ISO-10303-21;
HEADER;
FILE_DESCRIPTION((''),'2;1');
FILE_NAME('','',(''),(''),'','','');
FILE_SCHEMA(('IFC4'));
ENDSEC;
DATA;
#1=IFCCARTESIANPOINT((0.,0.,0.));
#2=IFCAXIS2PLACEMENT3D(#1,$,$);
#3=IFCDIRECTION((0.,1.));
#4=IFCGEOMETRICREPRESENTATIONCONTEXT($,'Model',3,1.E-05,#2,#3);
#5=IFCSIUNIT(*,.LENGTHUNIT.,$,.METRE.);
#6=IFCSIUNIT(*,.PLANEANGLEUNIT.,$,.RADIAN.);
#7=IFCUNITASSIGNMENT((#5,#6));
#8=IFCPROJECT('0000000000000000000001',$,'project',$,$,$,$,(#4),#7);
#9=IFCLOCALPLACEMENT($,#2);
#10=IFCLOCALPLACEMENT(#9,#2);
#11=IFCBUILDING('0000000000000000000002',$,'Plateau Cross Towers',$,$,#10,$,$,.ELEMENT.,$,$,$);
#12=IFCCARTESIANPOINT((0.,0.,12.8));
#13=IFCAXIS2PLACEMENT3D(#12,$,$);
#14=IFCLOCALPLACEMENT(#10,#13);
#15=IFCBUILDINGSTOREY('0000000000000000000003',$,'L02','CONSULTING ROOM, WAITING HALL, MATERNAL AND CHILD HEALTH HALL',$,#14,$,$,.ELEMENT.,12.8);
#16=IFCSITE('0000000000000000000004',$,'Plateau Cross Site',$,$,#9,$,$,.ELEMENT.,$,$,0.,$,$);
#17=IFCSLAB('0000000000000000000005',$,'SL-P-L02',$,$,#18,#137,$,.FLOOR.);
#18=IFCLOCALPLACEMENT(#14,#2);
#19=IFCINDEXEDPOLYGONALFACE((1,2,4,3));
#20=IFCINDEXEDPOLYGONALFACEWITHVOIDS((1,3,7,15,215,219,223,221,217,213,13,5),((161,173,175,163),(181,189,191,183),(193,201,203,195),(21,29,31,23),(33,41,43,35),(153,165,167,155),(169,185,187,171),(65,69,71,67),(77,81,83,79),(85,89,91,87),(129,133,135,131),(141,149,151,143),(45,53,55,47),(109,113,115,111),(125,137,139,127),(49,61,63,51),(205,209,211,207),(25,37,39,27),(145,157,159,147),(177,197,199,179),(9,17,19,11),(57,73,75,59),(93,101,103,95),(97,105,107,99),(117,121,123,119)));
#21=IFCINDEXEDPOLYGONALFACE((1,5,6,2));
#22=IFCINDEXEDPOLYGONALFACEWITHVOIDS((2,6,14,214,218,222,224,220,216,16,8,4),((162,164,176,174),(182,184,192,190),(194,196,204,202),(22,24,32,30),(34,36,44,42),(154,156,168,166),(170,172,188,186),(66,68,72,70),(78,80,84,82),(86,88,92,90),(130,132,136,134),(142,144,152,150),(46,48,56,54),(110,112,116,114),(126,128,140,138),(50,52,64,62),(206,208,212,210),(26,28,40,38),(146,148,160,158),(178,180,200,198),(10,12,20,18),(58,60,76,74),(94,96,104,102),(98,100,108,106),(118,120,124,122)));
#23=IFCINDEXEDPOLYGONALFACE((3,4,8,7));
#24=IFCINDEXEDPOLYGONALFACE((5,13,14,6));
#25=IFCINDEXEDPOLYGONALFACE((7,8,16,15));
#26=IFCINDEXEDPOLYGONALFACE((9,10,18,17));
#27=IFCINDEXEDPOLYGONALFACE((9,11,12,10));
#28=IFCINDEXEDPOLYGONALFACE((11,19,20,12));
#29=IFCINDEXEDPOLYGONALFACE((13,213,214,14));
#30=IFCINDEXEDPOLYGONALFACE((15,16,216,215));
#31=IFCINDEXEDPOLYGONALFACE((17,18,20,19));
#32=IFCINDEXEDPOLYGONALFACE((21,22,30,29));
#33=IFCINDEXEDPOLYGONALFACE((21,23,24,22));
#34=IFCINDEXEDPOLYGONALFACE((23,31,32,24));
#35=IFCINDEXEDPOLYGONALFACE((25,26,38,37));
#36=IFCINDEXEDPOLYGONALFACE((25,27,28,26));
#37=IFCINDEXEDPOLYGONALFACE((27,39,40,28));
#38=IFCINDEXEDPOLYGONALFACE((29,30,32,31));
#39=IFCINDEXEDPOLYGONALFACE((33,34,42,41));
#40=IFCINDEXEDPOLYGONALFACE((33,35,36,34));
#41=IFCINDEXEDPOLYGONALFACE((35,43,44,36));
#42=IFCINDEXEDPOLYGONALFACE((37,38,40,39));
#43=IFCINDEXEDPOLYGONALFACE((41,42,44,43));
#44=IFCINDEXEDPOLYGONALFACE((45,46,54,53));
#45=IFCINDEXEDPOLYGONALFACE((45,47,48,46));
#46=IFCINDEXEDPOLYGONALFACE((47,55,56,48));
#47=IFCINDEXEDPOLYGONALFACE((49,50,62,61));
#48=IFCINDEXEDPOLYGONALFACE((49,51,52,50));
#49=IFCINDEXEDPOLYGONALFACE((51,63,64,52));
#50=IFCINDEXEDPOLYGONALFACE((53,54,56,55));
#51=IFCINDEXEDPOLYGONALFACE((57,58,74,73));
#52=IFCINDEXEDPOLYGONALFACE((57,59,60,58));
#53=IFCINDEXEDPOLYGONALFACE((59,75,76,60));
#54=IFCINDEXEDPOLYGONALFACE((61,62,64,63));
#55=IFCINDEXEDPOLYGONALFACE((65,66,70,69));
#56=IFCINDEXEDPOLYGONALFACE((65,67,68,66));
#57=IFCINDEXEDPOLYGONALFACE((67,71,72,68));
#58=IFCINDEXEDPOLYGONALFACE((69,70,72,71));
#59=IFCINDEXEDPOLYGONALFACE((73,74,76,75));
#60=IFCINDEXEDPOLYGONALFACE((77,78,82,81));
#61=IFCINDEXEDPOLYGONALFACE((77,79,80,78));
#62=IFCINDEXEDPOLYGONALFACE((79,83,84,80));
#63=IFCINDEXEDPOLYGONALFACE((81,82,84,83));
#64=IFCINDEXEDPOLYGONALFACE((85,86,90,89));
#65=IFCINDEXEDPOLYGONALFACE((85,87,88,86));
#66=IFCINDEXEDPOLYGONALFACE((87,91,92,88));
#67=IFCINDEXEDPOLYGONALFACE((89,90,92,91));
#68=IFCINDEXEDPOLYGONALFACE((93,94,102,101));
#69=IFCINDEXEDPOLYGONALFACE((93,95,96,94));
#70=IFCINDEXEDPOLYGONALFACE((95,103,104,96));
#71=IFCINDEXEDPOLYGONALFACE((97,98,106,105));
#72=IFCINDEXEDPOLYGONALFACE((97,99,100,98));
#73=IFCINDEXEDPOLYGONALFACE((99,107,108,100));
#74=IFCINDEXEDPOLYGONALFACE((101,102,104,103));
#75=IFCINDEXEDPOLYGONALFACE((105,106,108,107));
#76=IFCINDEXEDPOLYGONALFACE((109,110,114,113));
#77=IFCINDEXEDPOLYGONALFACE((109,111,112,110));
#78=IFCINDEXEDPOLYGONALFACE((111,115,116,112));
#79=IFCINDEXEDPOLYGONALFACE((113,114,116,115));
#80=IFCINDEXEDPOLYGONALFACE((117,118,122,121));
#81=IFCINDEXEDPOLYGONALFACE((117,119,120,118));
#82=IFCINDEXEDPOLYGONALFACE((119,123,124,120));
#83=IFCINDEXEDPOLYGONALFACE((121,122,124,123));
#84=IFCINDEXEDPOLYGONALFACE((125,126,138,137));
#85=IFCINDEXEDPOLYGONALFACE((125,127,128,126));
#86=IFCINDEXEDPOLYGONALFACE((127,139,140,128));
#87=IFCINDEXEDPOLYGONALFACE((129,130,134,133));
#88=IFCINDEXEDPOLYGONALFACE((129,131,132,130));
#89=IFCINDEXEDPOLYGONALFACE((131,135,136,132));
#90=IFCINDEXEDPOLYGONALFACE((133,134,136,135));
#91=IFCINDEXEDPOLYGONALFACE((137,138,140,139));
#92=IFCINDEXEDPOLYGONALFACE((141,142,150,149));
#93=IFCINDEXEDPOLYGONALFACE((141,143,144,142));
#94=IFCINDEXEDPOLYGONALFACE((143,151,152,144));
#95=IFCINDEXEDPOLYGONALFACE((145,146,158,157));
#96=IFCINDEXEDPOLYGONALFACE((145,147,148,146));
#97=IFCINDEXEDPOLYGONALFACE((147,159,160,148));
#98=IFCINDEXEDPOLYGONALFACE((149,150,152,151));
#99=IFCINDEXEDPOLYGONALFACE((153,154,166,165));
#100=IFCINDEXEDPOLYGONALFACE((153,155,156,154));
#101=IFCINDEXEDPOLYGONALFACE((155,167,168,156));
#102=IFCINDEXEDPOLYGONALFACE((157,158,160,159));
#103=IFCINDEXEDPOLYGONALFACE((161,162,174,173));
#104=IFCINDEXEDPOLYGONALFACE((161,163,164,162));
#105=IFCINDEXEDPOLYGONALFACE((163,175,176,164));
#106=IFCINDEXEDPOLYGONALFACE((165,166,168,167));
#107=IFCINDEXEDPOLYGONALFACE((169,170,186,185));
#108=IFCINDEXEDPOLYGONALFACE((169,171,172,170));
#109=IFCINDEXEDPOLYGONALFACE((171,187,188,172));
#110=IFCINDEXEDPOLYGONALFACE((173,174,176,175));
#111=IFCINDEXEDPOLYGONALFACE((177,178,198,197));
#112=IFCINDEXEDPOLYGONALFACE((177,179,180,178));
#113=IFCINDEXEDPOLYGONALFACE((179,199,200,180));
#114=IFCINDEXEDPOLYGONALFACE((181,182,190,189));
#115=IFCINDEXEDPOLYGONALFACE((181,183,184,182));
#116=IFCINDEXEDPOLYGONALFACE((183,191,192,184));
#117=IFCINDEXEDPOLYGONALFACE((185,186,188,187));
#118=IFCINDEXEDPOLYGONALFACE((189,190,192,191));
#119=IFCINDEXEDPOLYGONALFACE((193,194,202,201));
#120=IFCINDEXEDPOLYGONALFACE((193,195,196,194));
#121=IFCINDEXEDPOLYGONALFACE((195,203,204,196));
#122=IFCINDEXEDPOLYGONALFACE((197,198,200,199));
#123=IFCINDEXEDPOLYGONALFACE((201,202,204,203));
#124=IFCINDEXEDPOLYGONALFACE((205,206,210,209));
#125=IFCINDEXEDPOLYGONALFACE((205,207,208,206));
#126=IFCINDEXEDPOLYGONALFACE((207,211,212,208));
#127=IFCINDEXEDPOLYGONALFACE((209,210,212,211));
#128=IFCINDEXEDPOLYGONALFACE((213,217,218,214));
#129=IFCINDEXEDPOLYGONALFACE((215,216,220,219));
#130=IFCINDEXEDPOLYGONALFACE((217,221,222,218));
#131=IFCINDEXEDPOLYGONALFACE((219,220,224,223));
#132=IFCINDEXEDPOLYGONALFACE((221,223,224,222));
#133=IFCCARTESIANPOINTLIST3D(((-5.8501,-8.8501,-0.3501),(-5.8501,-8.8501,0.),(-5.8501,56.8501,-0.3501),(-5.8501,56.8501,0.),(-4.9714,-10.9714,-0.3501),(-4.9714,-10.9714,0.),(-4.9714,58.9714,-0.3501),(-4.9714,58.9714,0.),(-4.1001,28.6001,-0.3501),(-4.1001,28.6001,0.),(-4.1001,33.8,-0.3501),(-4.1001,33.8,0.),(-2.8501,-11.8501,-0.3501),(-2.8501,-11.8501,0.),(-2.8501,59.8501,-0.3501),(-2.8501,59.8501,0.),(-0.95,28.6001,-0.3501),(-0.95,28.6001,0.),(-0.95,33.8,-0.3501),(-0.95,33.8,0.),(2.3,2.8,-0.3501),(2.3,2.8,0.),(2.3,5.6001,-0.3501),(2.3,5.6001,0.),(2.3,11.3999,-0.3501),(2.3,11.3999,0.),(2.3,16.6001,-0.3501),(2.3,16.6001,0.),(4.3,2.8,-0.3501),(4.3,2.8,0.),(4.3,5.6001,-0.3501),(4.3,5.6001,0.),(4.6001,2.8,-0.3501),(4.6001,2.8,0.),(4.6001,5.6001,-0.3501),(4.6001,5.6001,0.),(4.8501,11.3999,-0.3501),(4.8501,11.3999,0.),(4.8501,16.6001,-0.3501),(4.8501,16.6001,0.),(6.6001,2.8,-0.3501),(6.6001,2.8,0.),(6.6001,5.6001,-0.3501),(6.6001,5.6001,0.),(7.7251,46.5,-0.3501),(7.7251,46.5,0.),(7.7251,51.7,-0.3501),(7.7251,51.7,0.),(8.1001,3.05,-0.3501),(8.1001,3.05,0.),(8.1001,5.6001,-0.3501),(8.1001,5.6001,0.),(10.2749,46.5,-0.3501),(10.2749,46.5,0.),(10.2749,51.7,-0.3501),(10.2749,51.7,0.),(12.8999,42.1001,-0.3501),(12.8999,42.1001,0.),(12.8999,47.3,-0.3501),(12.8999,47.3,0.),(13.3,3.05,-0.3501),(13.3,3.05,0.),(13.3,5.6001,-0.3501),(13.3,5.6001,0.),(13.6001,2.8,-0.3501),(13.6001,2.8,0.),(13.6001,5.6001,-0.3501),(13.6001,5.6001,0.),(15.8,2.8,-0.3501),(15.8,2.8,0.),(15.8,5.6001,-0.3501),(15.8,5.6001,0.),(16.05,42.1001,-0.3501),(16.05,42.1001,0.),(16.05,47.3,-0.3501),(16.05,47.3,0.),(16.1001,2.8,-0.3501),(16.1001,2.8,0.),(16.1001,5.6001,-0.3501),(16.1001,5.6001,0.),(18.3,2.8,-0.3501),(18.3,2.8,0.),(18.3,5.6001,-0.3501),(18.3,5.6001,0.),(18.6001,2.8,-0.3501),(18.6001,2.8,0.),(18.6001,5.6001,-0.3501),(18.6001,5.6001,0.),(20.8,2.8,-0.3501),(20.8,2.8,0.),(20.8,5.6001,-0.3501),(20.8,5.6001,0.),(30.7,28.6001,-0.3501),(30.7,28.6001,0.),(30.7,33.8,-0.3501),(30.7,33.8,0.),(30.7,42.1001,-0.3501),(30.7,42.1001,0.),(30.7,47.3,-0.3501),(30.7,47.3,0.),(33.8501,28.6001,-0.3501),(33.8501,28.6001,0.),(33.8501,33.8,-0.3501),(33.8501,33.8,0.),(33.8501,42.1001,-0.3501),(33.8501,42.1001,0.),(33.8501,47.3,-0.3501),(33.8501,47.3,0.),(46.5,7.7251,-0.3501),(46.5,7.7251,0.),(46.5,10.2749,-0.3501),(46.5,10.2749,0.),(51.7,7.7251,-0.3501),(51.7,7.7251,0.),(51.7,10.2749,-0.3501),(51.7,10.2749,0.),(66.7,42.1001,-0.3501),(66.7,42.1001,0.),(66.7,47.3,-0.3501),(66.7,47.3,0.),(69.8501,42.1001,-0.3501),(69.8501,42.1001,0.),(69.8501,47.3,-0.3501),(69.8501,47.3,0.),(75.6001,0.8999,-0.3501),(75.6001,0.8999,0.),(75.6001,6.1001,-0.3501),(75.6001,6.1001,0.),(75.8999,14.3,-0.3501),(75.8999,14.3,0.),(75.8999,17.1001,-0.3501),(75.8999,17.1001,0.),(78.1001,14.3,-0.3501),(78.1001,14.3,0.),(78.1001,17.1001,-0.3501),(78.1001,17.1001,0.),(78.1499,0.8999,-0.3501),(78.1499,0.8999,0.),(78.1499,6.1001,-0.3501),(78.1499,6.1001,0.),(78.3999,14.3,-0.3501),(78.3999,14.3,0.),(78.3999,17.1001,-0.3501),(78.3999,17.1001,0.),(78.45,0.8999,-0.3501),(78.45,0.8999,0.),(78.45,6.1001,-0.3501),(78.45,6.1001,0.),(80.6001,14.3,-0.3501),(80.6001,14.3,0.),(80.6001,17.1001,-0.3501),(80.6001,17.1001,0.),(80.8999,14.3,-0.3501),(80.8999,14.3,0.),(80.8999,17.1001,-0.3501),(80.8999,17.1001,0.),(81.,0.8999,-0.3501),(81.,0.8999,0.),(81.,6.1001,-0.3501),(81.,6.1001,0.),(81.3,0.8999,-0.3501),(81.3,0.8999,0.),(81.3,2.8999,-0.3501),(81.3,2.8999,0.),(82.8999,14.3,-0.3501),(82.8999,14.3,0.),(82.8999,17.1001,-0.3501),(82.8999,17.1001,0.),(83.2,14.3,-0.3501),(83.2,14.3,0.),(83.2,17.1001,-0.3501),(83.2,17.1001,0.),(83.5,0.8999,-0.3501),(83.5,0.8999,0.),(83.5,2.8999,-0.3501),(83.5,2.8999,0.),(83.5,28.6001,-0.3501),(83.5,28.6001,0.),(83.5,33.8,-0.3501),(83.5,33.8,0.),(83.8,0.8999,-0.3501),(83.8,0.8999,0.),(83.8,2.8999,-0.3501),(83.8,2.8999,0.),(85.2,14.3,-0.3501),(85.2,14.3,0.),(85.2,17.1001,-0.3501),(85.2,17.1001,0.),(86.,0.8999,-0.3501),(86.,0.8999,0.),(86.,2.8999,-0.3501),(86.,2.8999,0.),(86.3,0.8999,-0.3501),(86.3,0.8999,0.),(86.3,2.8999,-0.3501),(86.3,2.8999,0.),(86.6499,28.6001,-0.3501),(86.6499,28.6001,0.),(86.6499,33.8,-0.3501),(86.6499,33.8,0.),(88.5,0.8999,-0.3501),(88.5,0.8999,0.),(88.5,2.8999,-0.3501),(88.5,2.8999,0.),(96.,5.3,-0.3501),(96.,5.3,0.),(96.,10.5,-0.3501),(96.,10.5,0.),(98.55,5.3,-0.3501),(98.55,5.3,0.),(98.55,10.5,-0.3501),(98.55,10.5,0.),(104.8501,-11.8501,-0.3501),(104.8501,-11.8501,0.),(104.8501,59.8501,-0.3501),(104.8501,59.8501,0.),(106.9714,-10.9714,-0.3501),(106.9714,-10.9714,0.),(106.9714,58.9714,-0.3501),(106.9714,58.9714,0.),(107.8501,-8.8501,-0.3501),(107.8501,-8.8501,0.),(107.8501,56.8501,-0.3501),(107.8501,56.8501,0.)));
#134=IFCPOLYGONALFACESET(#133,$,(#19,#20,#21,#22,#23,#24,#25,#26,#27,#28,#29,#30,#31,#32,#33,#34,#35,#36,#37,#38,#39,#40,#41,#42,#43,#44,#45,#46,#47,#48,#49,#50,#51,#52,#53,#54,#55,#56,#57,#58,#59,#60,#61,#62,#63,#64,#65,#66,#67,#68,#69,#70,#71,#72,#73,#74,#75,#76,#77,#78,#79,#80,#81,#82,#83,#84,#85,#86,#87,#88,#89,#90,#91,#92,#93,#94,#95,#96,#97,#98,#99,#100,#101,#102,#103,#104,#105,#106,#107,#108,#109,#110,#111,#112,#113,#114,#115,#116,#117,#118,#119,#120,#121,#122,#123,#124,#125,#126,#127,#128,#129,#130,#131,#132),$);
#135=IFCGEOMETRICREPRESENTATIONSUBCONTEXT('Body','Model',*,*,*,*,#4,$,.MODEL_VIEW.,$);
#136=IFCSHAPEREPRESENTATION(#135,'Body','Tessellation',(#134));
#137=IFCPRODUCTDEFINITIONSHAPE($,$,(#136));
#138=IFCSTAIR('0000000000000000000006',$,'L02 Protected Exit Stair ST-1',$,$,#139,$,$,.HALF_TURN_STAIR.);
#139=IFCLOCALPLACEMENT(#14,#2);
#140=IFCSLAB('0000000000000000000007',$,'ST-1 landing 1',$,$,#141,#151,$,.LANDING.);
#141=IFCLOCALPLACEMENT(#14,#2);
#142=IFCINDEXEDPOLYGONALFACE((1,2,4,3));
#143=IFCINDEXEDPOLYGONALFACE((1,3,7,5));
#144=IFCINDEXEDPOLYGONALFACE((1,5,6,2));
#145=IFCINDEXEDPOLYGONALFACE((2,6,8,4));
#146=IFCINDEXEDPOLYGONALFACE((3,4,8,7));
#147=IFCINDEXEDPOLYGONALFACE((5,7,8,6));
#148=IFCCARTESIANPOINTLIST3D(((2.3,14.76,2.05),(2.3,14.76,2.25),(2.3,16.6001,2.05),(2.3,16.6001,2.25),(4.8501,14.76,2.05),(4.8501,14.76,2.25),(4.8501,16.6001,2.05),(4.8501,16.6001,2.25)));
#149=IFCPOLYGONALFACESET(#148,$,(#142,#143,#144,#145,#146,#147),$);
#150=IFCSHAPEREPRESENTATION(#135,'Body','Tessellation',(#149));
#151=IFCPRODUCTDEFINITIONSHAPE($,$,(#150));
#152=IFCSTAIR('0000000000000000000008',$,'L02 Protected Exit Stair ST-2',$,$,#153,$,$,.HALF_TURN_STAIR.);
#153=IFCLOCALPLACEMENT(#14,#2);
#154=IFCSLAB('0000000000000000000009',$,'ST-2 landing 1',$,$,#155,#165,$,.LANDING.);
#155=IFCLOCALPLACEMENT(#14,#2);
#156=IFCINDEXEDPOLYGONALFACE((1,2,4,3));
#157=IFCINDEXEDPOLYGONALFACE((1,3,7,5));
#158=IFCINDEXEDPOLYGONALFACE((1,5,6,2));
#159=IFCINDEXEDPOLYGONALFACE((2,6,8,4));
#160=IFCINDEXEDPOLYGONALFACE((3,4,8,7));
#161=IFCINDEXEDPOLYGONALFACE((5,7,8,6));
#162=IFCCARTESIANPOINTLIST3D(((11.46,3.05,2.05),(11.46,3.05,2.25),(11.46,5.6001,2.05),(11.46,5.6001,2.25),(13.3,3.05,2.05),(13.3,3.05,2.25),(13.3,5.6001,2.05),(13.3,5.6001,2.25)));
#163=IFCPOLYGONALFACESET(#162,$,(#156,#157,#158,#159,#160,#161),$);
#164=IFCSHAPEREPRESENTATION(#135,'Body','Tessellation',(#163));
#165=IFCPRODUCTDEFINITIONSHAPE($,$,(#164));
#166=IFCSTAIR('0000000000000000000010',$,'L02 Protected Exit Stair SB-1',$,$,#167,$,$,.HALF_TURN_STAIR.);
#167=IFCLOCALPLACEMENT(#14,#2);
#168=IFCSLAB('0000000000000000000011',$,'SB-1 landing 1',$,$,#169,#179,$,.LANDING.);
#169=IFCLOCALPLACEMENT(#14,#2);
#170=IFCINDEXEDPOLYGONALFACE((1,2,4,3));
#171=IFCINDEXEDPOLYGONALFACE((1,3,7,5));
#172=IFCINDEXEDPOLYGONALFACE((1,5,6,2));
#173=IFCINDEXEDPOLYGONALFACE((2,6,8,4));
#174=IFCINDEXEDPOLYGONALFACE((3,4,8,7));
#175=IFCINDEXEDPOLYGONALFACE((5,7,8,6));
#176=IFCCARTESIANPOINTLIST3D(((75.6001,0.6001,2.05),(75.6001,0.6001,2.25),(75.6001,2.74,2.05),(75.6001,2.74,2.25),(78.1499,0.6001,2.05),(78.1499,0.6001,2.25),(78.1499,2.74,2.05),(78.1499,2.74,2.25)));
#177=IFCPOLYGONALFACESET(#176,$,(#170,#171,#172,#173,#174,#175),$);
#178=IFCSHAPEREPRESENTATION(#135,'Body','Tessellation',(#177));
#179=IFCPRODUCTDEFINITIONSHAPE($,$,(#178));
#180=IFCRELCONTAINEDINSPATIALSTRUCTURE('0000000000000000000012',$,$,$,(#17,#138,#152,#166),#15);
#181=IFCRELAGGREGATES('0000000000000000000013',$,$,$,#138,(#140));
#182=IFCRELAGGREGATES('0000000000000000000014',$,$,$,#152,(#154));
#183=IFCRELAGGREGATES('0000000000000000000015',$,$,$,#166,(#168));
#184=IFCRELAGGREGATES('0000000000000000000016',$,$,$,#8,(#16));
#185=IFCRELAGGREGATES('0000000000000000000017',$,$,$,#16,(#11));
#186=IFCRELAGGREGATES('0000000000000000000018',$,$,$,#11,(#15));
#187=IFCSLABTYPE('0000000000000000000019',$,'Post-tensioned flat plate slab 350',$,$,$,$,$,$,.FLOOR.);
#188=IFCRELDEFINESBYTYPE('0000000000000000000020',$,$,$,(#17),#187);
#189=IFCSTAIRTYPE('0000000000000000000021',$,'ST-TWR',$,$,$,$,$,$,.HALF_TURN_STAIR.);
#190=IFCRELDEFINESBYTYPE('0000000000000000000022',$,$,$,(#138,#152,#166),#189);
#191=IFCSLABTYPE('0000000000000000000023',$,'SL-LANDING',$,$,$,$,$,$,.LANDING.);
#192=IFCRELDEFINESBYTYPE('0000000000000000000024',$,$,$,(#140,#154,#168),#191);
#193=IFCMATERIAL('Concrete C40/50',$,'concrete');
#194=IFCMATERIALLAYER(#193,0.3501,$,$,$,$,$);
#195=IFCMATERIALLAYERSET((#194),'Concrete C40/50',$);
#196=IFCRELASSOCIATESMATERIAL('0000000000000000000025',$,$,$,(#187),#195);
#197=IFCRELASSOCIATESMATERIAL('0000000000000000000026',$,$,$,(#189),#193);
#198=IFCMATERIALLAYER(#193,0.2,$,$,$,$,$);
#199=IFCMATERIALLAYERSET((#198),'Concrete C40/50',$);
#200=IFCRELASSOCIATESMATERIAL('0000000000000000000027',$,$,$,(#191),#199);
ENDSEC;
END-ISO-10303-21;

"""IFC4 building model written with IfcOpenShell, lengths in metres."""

from ifc_helpers import new_model, si_unit, direction, frame, origin, place, context, subcontext, project, spatial, polyline, outline, extrude, material, layer, layer_set, type_object, element, aggregate, save


model = new_model("IFC4")

# Units and contexts
model_context = context("Model", 3, precision=1e-05, world=origin(), true_north=direction((0.0, 1.0)))
body_context = subcontext(model_context, "Body", "Model", "MODEL_VIEW")
ifc_project = project(units=[si_unit("LENGTHUNIT", "METRE"), si_unit("PLANEANGLEUNIT", "RADIAN")], contexts=[model_context])

# Site, building, storey
site_placement = place(None, origin())
site = spatial("IfcSite", under=ifc_project, at=site_placement, Name="Plateau Cross Site", CompositionType="ELEMENT", RefElevation=0.0)
building_placement = place(site_placement, origin())
building = spatial("IfcBuilding", under=site, at=building_placement, Name="Plateau Cross Towers", CompositionType="ELEMENT")
storey_placement = place(building_placement, frame((0.0, 0.0, 12.8)))
storey = spatial("IfcBuildingStorey", under=building, at=storey_placement, Name="L02", Description="CONSULTING ROOM, WAITING HALL, MATERNAL AND CHILD HEALTH HALL", CompositionType="ELEMENT", Elevation=12.8)

# Slab
ifc_material_1 = material(Name="Concrete C40/50", Category="concrete")
ifc_layer_1 = layer(ifc_material_1, 0.3501)
ifc_layer_set_1 = layer_set([ifc_layer_1], Name="Concrete C40/50")
slab_type_1 = type_object("IfcSlabType", Name="Post-tensioned flat plate slab 350", PredefinedType="FLOOR", material=ifc_layer_set_1)
slab_1_placement = place(storey_placement, frame((0.0, 0.0, -0.3501)))
element("IfcSlab", 1, at=slab_1_placement, inside=storey, type_object=slab_type_1, Name="SL-P-L02", PredefinedType="FLOOR", context=body_context, shape_type="SweptSolid", body=[
    extrude(outline(polyline([(-4.9714, -10.9714), (-5.8501, -8.8501), (-5.8501, 56.8501), (-4.9714, 58.9714), (-2.8501, 59.8501), (104.8501, 59.8501), (106.9714, 58.9714), (107.8501, 56.8501), (107.8501, -8.8501), (106.9714, -10.9714), (104.8501, -11.8501), (-2.8501, -11.8501), (-4.9714, -10.9714)]), holes=[polyline([(4.3, 2.8), (4.3, 5.6001), (2.3, 5.6001), (2.3, 2.8), (4.3, 2.8)]), polyline([(4.6001, 2.8), (6.6001, 2.8), (6.6001, 5.6001), (4.6001, 5.6001), (4.6001, 2.8)]), polyline([(13.6001, 2.8), (15.8, 2.8), (15.8, 5.6001), (13.6001, 5.6001), (13.6001, 2.8)]), polyline([(18.3, 2.8), (18.3, 5.6001), (16.1001, 5.6001), (16.1001, 2.8), (18.3, 2.8)]), polyline([(18.6001, 2.8), (20.8, 2.8), (20.8, 5.6001), (18.6001, 5.6001), (18.6001, 2.8)]), polyline([(8.1001, 3.05), (13.3, 3.05), (13.3, 5.6001), (8.1001, 5.6001), (8.1001, 3.05)]), polyline([(51.7, 7.7251), (51.7, 10.2749), (46.5, 10.2749), (46.5, 7.7251), (51.7, 7.7251)]), polyline([(4.8501, 11.3999), (4.8501, 16.6001), (2.3, 16.6001), (2.3, 11.3999), (4.8501, 11.3999)]), polyline([(-0.95, 28.6001), (-0.95, 33.8), (-4.1001, 33.8), (-4.1001, 28.6001), (-0.95, 28.6001)]), polyline([(33.8501, 33.8), (30.7, 33.8), (30.7, 28.6001), (33.8501, 28.6001), (33.8501, 33.8)]), polyline([(16.05, 42.1001), (16.05, 47.3), (12.8999, 47.3), (12.8999, 42.1001), (16.05, 42.1001)]), polyline([(33.8501, 42.1001), (33.8501, 47.3), (30.7, 47.3), (30.7, 42.1001), (33.8501, 42.1001)]), polyline([(10.2749, 51.7), (7.7251, 51.7), (7.7251, 46.5), (10.2749, 46.5), (10.2749, 51.7)]), polyline([(81.3, 0.8999), (83.5, 0.8999), (83.5, 2.8999), (81.3, 2.8999), (81.3, 0.8999)]), polyline([(83.8, 0.8999), (86.0, 0.8999), (86.0, 2.8999), (83.8, 2.8999), (83.8, 0.8999)]), polyline([(88.5, 0.8999), (88.5, 2.8999), (86.3, 2.8999), (86.3, 0.8999), (88.5, 0.8999)]), polyline([(75.6001, 6.1001), (75.6001, 0.8999), (78.1499, 0.8999), (78.1499, 6.1001), (75.6001, 6.1001)]), polyline([(78.45, 6.1001), (78.45, 0.8999), (81.0, 0.8999), (81.0, 6.1001), (78.45, 6.1001)]), polyline([(96.0, 5.3), (98.55, 5.3), (98.55, 10.5), (96.0, 10.5), (96.0, 5.3)]), polyline([(75.8999, 14.3), (78.1001, 14.3), (78.1001, 17.1001), (75.8999, 17.1001), (75.8999, 14.3)]), polyline([(78.3999, 14.3), (80.6001, 14.3), (80.6001, 17.1001), (78.3999, 17.1001), (78.3999, 14.3)]), polyline([(80.8999, 14.3), (82.8999, 14.3), (82.8999, 17.1001), (80.8999, 17.1001), (80.8999, 14.3)]), polyline([(83.2, 14.3), (85.2, 14.3), (85.2, 17.1001), (83.2, 17.1001), (83.2, 14.3)]), polyline([(86.6499, 28.6001), (86.6499, 33.8), (83.5, 33.8), (83.5, 28.6001), (86.6499, 28.6001)]), polyline([(69.8501, 42.1001), (69.8501, 47.3), (66.7, 47.3), (66.7, 42.1001), (69.8501, 42.1001)])]), origin(), (0.0, 0.0, 1.0), 0.3501),
])

# Stairs, slabs
stair_type = type_object("IfcStairType", Name="ST-TWR", PredefinedType="HALF_TURN_STAIR", material=ifc_material_1)
stair_1_placement = place(storey_placement, origin())
stair_1 = element("IfcStair", 2, at=stair_1_placement, inside=storey, type_object=stair_type, Name="L02 Protected Exit Stair ST-1", PredefinedType="HALF_TURN_STAIR")
ifc_layer_2 = layer(ifc_material_1, 0.2)
ifc_layer_set_2 = layer_set([ifc_layer_2], Name="Concrete C40/50")
slab_type_2 = type_object("IfcSlabType", Name="SL-LANDING", PredefinedType="LANDING", material=ifc_layer_set_2)
slab_2_placement = place(storey_placement, frame((0.0, 0.0, 2.05)))
slab_2 = element("IfcSlab", 3, at=slab_2_placement, type_object=slab_type_2, Name="ST-1 landing 1", PredefinedType="LANDING", context=body_context, shape_type="SweptSolid", body=[
    extrude(outline(polyline([(4.8501, 14.76), (4.8501, 16.6001), (2.3, 16.6001), (2.3, 14.76), (4.8501, 14.76)])), origin(), (0.0, 0.0, 1.0), 0.2),
])
aggregate(stair_1, [slab_2])
stair_2_placement = place(storey_placement, origin())
stair_2 = element("IfcStair", 4, at=stair_2_placement, inside=storey, type_object=stair_type, Name="L02 Protected Exit Stair ST-2", PredefinedType="HALF_TURN_STAIR")
slab_3_placement = place(storey_placement, frame((0.0, 0.0, 2.05)))
slab_3 = element("IfcSlab", 5, at=slab_3_placement, type_object=slab_type_2, Name="ST-2 landing 1", PredefinedType="LANDING", context=body_context, shape_type="SweptSolid", body=[
    extrude(outline(polyline([(11.46, 3.05), (13.3, 3.05), (13.3, 5.6001), (11.46, 5.6001), (11.46, 3.05)])), origin(), (0.0, 0.0, 1.0), 0.2),
])
aggregate(stair_2, [slab_3])
stair_3_placement = place(storey_placement, origin())
stair_3 = element("IfcStair", 6, at=stair_3_placement, inside=storey, type_object=stair_type, Name="L02 Protected Exit Stair SB-1", PredefinedType="HALF_TURN_STAIR")
slab_4_placement = place(storey_placement, frame((0.0, 0.0, 2.05)))
slab_4 = element("IfcSlab", 7, at=slab_4_placement, type_object=slab_type_2, Name="SB-1 landing 1", PredefinedType="LANDING", context=body_context, shape_type="SweptSolid", body=[
    extrude(outline(polyline([(75.6001, 2.74), (75.6001, 0.6001), (78.1499, 0.6001), (78.1499, 2.74), (75.6001, 2.74)])), origin(), (0.0, 0.0, 1.0), 0.2),
])
aggregate(stair_3, [slab_4])

save(model, "model.ifc")
